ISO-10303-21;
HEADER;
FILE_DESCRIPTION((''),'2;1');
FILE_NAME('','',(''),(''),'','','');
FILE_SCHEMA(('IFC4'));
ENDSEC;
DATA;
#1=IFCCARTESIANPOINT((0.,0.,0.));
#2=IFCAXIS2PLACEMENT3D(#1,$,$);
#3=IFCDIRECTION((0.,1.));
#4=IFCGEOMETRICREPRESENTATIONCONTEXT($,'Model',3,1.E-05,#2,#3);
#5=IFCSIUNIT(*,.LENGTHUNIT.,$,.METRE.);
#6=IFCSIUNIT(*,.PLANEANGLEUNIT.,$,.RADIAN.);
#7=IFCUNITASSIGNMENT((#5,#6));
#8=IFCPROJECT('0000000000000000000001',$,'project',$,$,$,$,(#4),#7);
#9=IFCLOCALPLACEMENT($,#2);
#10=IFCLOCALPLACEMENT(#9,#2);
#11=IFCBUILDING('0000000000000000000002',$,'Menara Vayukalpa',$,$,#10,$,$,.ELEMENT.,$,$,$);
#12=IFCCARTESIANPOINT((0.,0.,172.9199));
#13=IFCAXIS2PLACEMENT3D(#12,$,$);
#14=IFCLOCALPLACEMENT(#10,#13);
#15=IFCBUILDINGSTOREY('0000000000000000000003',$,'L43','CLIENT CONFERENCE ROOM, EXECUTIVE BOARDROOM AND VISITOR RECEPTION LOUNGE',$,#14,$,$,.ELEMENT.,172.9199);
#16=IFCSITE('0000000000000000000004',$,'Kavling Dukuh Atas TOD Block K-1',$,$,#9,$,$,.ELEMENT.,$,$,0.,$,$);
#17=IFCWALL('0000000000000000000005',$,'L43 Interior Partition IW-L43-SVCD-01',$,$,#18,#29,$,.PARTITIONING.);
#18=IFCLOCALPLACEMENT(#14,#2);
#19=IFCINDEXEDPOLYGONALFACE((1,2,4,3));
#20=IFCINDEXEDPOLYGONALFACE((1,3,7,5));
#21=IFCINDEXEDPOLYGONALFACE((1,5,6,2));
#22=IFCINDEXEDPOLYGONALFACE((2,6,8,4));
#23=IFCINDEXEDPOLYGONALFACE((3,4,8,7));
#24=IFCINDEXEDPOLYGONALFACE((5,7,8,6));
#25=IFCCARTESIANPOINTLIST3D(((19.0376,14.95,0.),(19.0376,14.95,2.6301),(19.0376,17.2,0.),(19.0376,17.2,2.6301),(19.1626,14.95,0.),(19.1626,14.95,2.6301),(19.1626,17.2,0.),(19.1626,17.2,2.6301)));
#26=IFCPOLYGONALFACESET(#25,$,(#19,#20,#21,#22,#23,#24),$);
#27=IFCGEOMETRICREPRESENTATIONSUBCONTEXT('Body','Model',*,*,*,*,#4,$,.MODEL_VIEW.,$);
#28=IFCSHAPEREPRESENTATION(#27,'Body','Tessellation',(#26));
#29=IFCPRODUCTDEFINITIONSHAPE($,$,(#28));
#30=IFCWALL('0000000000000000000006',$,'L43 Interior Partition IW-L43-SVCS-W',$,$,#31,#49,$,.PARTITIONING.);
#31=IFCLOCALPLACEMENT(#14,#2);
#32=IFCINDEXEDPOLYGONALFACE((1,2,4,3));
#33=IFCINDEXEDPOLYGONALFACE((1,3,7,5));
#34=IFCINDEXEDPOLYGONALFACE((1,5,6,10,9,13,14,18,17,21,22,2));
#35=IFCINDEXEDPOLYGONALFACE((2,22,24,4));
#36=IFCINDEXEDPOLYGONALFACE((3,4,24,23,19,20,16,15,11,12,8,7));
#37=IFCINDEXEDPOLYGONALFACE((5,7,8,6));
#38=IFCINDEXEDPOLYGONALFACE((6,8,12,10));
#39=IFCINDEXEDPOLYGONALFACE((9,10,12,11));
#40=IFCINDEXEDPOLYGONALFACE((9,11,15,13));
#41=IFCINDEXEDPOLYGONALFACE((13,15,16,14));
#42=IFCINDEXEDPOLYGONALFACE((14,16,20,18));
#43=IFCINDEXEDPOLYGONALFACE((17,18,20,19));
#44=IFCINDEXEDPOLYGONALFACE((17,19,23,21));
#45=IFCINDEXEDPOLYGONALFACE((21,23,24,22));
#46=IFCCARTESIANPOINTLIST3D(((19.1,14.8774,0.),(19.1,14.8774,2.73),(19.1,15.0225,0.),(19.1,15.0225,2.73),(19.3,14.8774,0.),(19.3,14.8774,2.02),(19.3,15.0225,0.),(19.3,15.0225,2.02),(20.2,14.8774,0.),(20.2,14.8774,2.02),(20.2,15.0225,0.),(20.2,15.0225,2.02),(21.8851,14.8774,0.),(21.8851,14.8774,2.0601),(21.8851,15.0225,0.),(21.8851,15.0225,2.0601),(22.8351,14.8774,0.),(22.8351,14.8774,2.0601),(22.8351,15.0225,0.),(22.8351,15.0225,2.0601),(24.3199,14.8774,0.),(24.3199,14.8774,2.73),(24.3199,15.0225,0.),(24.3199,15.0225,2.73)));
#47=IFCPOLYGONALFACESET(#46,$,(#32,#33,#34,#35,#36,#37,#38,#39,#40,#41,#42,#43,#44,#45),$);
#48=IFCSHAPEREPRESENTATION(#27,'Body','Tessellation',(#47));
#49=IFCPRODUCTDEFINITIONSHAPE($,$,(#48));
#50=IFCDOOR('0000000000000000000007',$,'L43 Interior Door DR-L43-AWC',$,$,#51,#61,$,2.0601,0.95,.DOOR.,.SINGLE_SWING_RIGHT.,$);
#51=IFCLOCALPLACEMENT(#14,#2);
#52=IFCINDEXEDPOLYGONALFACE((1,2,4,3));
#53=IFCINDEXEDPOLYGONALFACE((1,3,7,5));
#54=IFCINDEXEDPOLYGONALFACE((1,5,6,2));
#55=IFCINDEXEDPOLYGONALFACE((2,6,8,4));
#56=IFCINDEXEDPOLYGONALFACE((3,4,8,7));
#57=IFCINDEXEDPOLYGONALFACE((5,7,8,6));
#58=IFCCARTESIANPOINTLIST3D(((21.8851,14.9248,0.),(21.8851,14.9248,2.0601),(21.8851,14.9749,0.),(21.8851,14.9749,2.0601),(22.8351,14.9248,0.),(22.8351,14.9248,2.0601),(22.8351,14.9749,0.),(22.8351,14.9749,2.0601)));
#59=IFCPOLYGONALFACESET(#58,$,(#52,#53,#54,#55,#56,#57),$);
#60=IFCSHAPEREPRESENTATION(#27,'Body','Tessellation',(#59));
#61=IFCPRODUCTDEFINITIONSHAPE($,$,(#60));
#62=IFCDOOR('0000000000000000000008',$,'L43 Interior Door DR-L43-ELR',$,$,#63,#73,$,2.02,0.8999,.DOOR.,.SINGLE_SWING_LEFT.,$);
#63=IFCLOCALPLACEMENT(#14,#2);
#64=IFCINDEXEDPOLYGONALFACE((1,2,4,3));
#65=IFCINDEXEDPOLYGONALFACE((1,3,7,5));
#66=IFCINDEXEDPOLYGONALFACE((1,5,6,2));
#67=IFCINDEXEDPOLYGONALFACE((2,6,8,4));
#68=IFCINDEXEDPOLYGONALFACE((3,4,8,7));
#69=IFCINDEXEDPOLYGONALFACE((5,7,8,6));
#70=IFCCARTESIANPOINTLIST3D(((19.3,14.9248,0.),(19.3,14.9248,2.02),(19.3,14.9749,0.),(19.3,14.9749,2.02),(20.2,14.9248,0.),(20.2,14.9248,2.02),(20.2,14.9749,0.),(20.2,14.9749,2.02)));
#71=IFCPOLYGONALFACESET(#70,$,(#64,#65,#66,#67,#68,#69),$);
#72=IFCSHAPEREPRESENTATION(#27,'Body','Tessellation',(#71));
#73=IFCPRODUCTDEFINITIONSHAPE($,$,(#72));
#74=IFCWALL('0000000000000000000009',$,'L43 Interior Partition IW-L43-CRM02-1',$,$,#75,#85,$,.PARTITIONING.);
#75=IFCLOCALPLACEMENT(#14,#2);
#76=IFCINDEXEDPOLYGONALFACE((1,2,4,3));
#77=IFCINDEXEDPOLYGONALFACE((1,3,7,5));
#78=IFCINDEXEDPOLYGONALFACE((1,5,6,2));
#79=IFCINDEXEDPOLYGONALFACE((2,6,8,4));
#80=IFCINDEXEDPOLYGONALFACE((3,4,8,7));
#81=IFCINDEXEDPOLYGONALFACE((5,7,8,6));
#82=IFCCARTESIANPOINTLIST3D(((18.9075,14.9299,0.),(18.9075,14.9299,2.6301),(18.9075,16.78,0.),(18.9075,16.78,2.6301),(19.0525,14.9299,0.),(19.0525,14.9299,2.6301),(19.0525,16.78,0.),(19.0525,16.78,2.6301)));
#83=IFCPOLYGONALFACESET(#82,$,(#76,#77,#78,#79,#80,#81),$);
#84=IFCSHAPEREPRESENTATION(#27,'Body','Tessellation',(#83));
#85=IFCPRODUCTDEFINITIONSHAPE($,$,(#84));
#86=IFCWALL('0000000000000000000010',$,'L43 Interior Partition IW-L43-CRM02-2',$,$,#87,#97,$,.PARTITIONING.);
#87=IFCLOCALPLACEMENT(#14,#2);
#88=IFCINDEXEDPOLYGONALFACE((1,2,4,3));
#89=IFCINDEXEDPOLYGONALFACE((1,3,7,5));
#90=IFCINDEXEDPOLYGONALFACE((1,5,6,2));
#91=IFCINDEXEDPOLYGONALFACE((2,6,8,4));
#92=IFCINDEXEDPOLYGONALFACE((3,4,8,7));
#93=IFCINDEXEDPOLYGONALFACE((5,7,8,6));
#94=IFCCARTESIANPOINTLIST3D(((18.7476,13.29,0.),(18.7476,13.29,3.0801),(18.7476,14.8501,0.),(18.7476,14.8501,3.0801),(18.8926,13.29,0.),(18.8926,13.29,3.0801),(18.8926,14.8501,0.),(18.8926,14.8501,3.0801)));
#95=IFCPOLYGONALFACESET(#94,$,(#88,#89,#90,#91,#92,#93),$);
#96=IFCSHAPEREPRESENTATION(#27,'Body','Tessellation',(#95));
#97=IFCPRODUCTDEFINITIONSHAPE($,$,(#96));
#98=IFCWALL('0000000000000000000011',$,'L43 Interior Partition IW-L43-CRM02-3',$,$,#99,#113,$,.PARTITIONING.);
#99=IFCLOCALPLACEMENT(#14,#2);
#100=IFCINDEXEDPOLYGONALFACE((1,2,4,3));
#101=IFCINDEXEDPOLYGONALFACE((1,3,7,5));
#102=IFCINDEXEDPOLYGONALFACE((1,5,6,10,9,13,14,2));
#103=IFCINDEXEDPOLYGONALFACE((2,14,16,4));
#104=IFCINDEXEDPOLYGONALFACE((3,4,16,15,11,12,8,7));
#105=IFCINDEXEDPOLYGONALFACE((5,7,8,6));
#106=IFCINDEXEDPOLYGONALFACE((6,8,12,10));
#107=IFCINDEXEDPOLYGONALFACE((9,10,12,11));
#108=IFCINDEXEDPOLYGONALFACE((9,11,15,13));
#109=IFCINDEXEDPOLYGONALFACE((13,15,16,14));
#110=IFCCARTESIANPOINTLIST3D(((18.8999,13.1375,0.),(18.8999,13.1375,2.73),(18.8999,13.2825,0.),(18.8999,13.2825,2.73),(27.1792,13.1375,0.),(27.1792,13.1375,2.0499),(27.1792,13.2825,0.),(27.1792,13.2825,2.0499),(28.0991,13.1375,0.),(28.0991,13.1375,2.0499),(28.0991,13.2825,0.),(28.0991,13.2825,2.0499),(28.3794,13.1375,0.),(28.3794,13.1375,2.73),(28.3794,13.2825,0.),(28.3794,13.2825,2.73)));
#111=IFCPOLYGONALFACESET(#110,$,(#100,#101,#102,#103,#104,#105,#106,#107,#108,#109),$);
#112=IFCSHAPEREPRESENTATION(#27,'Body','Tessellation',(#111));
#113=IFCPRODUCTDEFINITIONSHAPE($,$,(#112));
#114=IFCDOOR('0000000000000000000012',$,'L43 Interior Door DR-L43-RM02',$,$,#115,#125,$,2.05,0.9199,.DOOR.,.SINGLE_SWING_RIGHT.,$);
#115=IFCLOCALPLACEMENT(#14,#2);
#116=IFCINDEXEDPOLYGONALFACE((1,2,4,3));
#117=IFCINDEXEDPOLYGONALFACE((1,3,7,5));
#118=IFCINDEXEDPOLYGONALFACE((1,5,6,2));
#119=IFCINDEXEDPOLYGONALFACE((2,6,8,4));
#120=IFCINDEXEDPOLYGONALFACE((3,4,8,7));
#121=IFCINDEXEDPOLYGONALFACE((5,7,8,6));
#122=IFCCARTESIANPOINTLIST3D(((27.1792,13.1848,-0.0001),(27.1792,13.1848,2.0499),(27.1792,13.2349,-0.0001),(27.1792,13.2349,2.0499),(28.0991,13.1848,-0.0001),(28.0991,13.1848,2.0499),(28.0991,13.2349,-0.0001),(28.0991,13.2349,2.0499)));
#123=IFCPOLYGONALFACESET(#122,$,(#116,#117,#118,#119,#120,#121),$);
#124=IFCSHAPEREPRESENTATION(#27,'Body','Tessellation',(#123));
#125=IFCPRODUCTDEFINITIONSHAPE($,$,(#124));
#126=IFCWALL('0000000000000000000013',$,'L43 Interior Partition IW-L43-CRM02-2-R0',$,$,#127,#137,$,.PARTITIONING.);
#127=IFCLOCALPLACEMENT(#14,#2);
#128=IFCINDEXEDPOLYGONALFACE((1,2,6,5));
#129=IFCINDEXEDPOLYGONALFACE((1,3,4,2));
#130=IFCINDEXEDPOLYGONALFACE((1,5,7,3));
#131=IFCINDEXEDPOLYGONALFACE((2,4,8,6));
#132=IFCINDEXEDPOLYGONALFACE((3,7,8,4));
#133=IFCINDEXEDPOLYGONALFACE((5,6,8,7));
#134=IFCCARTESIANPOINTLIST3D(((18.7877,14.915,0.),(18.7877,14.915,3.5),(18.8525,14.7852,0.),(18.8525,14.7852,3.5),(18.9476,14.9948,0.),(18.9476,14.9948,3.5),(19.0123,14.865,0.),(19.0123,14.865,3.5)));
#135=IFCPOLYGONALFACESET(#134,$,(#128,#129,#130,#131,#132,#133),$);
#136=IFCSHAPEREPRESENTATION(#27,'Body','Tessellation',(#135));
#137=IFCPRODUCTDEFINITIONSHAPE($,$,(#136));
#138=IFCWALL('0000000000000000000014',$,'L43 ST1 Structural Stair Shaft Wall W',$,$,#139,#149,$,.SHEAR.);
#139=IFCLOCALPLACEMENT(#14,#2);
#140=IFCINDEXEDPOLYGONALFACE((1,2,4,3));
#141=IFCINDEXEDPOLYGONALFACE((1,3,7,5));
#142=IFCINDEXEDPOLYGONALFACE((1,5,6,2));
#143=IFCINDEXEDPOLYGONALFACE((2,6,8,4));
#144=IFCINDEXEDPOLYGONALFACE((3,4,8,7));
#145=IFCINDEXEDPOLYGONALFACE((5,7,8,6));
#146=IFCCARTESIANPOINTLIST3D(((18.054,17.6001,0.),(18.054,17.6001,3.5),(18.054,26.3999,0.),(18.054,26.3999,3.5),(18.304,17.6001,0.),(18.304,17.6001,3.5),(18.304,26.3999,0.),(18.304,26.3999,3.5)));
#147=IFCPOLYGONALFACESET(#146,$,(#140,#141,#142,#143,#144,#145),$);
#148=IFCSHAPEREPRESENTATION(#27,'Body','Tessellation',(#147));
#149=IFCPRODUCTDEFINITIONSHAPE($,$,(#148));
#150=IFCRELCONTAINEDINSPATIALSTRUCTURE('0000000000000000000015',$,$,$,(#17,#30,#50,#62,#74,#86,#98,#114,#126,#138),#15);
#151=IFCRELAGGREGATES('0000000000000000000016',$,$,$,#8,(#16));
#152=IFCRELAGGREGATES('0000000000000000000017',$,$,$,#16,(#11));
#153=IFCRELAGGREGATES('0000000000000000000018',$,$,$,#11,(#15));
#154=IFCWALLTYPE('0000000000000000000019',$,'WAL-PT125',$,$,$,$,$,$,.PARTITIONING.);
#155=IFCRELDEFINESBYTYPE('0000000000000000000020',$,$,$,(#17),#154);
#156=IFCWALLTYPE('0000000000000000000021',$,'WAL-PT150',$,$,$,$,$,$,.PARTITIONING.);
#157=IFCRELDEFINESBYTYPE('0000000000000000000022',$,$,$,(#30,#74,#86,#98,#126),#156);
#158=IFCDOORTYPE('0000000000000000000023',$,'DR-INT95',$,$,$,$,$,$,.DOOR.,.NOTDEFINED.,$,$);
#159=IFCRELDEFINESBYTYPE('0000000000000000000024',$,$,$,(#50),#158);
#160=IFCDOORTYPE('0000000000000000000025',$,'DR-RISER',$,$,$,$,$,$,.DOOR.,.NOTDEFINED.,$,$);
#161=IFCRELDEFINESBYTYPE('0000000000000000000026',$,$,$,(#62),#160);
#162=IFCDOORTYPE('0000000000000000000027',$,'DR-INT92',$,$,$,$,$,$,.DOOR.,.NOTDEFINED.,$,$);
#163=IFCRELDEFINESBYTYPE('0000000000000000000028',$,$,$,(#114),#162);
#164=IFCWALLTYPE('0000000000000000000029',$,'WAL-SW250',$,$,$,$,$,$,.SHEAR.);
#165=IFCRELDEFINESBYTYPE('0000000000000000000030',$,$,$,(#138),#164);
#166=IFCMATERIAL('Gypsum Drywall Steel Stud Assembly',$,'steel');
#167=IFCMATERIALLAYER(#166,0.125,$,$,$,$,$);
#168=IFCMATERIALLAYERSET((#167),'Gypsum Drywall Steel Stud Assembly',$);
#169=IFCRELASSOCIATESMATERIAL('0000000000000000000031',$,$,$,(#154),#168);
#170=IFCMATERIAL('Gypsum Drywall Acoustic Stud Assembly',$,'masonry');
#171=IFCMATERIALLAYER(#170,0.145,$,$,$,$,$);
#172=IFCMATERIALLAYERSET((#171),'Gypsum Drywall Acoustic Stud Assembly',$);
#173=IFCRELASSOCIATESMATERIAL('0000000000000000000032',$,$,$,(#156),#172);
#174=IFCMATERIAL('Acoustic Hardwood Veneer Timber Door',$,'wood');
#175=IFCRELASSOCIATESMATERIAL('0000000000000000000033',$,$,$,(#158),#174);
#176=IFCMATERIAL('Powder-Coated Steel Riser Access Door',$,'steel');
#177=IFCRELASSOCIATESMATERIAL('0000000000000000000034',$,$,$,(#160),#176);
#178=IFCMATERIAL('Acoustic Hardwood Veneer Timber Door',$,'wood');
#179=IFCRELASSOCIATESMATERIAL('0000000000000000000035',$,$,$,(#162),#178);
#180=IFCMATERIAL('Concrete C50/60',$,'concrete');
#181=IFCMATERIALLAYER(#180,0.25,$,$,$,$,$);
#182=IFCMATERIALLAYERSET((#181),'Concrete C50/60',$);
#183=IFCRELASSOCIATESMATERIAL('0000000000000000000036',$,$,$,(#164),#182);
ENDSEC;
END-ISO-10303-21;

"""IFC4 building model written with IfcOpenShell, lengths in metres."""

from ifc_helpers import new_model, si_unit, direction, frame, frame_2d, origin, place, context, subcontext, project, spatial, rectangle, extrude, material, layer, layer_set, type_object, element, fill, save


model = new_model("IFC4")

# Units and contexts
model_context = context("Model", 3, precision=1e-05, world=origin(), true_north=direction((0.0, 1.0)))
body_context = subcontext(model_context, "Body", "Model", "MODEL_VIEW")
ifc_project = project(units=[si_unit("LENGTHUNIT", "METRE"), si_unit("PLANEANGLEUNIT", "RADIAN")], contexts=[model_context])

# Site, building, storey
site_placement = place(None, origin())
site = spatial("IfcSite", under=ifc_project, at=site_placement, Name="Kavling Dukuh Atas TOD Block K-1", CompositionType="ELEMENT", RefElevation=0.0)
building_placement = place(site_placement, origin())
building = spatial("IfcBuilding", under=site, at=building_placement, Name="Menara Vayukalpa", CompositionType="ELEMENT")
storey_placement = place(building_placement, frame((0.0, 0.0, 172.9199)))
storey = spatial("IfcBuildingStorey", under=building, at=storey_placement, Name="L43", Description="CLIENT CONFERENCE ROOM, EXECUTIVE BOARDROOM AND VISITOR RECEPTION LOUNGE", CompositionType="ELEMENT", Elevation=172.9199)

# Wall
ifc_material_1 = material(Name="Gypsum Drywall Steel Stud Assembly", Category="steel")
ifc_layer_1 = layer(ifc_material_1, 0.125)
ifc_layer_set_1 = layer_set([ifc_layer_1], Name="Gypsum Drywall Steel Stud Assembly")
wall_type_1 = type_object("IfcWallType", Name="WAL-PT125", PredefinedType="PARTITIONING", material=ifc_layer_set_1)
wall_1_placement = place(storey_placement, frame((19.1001, 14.95, 0.0), z_axis=(0.0, 0.0, 1.0), x_axis=(0.0, 1.0, 0.0)))
element("IfcWall", 1, at=wall_1_placement, inside=storey, type_object=wall_type_1, Name="L43 Interior Partition IW-L43-SVCD-01", PredefinedType="PARTITIONING", context=body_context, shape_type="SweptSolid", body=[
    extrude(rectangle(XDim=2.25, YDim=0.125, at=frame_2d((1.125, 0.0))), origin(), (0.0, 0.0, 1.0), 2.6301),
])

# Wall, openings, doors
ifc_material_2 = material(Name="Gypsum Drywall Acoustic Stud Assembly", Category="masonry")
ifc_layer_2 = layer(ifc_material_2, 0.145)
ifc_layer_set_2 = layer_set([ifc_layer_2], Name="Gypsum Drywall Acoustic Stud Assembly")
wall_type_2 = type_object("IfcWallType", Name="WAL-PT150", PredefinedType="PARTITIONING", material=ifc_layer_set_2)
wall_2_placement = place(storey_placement, frame((19.1001, 14.95, 0.0), z_axis=(0.0, 0.0, 1.0), x_axis=(1.0, 0.0, 0.0)))
wall_2 = element("IfcWall", 2, at=wall_2_placement, inside=storey, type_object=wall_type_2, Name="L43 Interior Partition IW-L43-SVCS-W", PredefinedType="PARTITIONING", context=body_context, shape_type="SweptSolid", body=[
    extrude(rectangle(XDim=5.22, YDim=0.145, at=frame_2d((2.6099, 0.0))), origin(), (0.0, 0.0, 1.0), 2.73),
])
opening_1_placement = place(wall_2_placement, frame((0.2, 0.0, 0.0)))
opening_1 = element("IfcOpeningElement", 3, at=opening_1_placement, cuts=wall_2, PredefinedType="OPENING", context=body_context, shape_type="SweptSolid", body=[
    extrude(rectangle(XDim=0.8999, YDim=2.02, at=frame_2d((0.45, 1.01))), frame((0.0, 0.0825, 0.0), z_axis=(0.0, -1.0, 0.0), x_axis=(1.0, 0.0, 0.0)), (0.0, 0.0, 1.0), 0.165),
])
opening_2_placement = place(wall_2_placement, frame((2.7849, 0.0, 0.0)))
opening_2 = element("IfcOpeningElement", 4, at=opening_2_placement, cuts=wall_2, PredefinedType="OPENING", context=body_context, shape_type="SweptSolid", body=[
    extrude(rectangle(XDim=0.95, YDim=2.0601, at=frame_2d((0.4751, 1.03))), frame((0.0, 0.0825, 0.0), z_axis=(0.0, -1.0, 0.0), x_axis=(1.0, 0.0, 0.0)), (0.0, 0.0, 1.0), 0.165),
])
ifc_material_3 = material(Name="Acoustic Hardwood Veneer Timber Door", Category="wood")
door_type_1 = type_object("IfcDoorType", Name="DR-INT95", OperationType="NOTDEFINED", PredefinedType="DOOR", material=ifc_material_3)
door_1_placement = place(opening_2_placement, origin())
door_1 = element("IfcDoor", 5, at=door_1_placement, inside=storey, type_object=door_type_1, Name="L43 Interior Door DR-L43-AWC", OperationType="SINGLE_SWING_RIGHT", OverallHeight=2.0601, OverallWidth=0.95, PredefinedType="DOOR", context=body_context, shape_type="SweptSolid", body=[
    extrude(rectangle(XDim=0.95, YDim=2.0601, at=frame_2d((0.4751, 1.03))), frame((0.0, 0.0249, 0.0), z_axis=(0.0, -1.0, 0.0), x_axis=(1.0, 0.0, 0.0)), (0.0, 0.0, 1.0), 0.05),
])
fill(opening_2, door_1)
ifc_material_4 = material(Name="Powder-Coated Steel Riser Access Door", Category="steel")
door_type_2 = type_object("IfcDoorType", Name="DR-RISER", OperationType="NOTDEFINED", PredefinedType="DOOR", material=ifc_material_4)
door_2_placement = place(opening_1_placement, origin())
door_2 = element("IfcDoor", 6, at=door_2_placement, inside=storey, type_object=door_type_2, Name="L43 Interior Door DR-L43-ELR", OperationType="SINGLE_SWING_LEFT", OverallHeight=2.02, OverallWidth=0.8999, PredefinedType="DOOR", context=body_context, shape_type="SweptSolid", body=[
    extrude(rectangle(XDim=0.8999, YDim=2.02, at=frame_2d((0.45, 1.01))), frame((0.0, 0.0249, 0.0), z_axis=(0.0, -1.0, 0.0), x_axis=(1.0, 0.0, 0.0)), (0.0, 0.0, 1.0), 0.05),
])
fill(opening_1, door_2)

# Walls
wall_3_placement = place(storey_placement, frame((18.98, 16.78, 0.0), z_axis=(0.0, 0.0, 1.0), x_axis=(0.0, -1.0, 0.0)))
element("IfcWall", 7, at=wall_3_placement, inside=storey, type_object=wall_type_2, Name="L43 Interior Partition IW-L43-CRM02-1", PredefinedType="PARTITIONING", context=body_context, shape_type="SweptSolid", body=[
    extrude(rectangle(XDim=1.8501, YDim=0.145, at=frame_2d((0.925, 0.0))), origin(), (0.0, 0.0, 1.0), 2.6301),
])
wall_4_placement = place(storey_placement, frame((18.8201, 14.8501, 0.0), z_axis=(0.0, 0.0, 1.0), x_axis=(0.0, -1.0, 0.0)))
element("IfcWall", 8, at=wall_4_placement, inside=storey, type_object=wall_type_2, Name="L43 Interior Partition IW-L43-CRM02-2", PredefinedType="PARTITIONING", context=body_context, shape_type="SweptSolid", body=[
    extrude(rectangle(XDim=1.5601, YDim=0.145, at=frame_2d((0.78, 0.0))), origin(), (0.0, 0.0, 1.0), 3.0801),
])

# Wall, opening, door
wall_5_placement = place(storey_placement, frame((18.8999, 13.21, 0.0), z_axis=(0.0, 0.0, 1.0), x_axis=(1.0, 0.0, 0.0)))
wall_5 = element("IfcWall", 9, at=wall_5_placement, inside=storey, type_object=wall_type_2, Name="L43 Interior Partition IW-L43-CRM02-3", PredefinedType="PARTITIONING", context=body_context, shape_type="SweptSolid", body=[
    extrude(rectangle(XDim=9.4795, YDim=0.145, at=frame_2d((4.7397, 0.0))), origin(), (0.0, 0.0, 1.0), 2.73),
])
opening_3_placement = place(wall_5_placement, frame((8.2793, 0.0, 0.0)))
opening_3 = element("IfcOpeningElement", 10, at=opening_3_placement, cuts=wall_5, PredefinedType="OPENING", context=body_context, shape_type="SweptSolid", body=[
    extrude(rectangle(XDim=0.9199, YDim=2.05, at=frame_2d((0.46, 1.0249))), frame((0.0, 0.0825, 0.0), z_axis=(0.0, -1.0, 0.0), x_axis=(1.0, 0.0, 0.0)), (0.0, 0.0, 1.0), 0.165),
])
ifc_material_5 = material(Name="Acoustic Hardwood Veneer Timber Door", Category="wood")
door_type_3 = type_object("IfcDoorType", Name="DR-INT92", OperationType="NOTDEFINED", PredefinedType="DOOR", material=ifc_material_5)
door_3_placement = place(opening_3_placement, origin())
door_3 = element("IfcDoor", 11, at=door_3_placement, inside=storey, type_object=door_type_3, Name="L43 Interior Door DR-L43-RM02", OperationType="SINGLE_SWING_RIGHT", OverallHeight=2.05, OverallWidth=0.9199, PredefinedType="DOOR", context=body_context, shape_type="SweptSolid", body=[
    extrude(rectangle(XDim=0.9199, YDim=2.05, at=frame_2d((0.46, 1.0249))), frame((0.0, 0.0249, 0.0), z_axis=(0.0, -1.0, 0.0), x_axis=(1.0, 0.0, 0.0)), (0.0, 0.0, 1.0), 0.05),
])
fill(opening_3, door_3)

# Walls
wall_6_placement = place(storey_placement, frame((18.8201, 14.8501, 0.0), z_axis=(0.0, 0.0, 1.0), x_axis=(0.8947, 0.446667, 0.0)))
element("IfcWall", 12, at=wall_6_placement, inside=storey, type_object=wall_type_2, Name="L43 Interior Partition IW-L43-CRM02-2-R0", PredefinedType="PARTITIONING", context=body_context, shape_type="SweptSolid", body=[
    extrude(rectangle(XDim=0.1787, YDim=0.145, at=frame_2d((0.0894, 0.0))), origin(), (0.0, 0.0, 1.0), 3.5),
])
ifc_material_6 = material(Name="Concrete C50/60", Category="concrete")
ifc_layer_3 = layer(ifc_material_6, 0.25)
ifc_layer_set_3 = layer_set([ifc_layer_3], Name="Concrete C50/60")
wall_type_3 = type_object("IfcWallType", Name="WAL-SW250", PredefinedType="SHEAR", material=ifc_layer_set_3)
wall_7_placement = place(storey_placement, frame((18.179, 17.6001, 0.0), z_axis=(0.0, 0.0, 1.0), x_axis=(0.0, 1.0, 0.0)))
element("IfcWall", 13, at=wall_7_placement, inside=storey, type_object=wall_type_3, Name="L43 ST1 Structural Stair Shaft Wall W", PredefinedType="SHEAR", context=body_context, shape_type="SweptSolid", body=[
    extrude(rectangle(XDim=8.7998, YDim=0.25, at=frame_2d((4.3999, 0.0))), origin(), (0.0, 0.0, 1.0), 3.5),
])

save(model, "model.ifc")
